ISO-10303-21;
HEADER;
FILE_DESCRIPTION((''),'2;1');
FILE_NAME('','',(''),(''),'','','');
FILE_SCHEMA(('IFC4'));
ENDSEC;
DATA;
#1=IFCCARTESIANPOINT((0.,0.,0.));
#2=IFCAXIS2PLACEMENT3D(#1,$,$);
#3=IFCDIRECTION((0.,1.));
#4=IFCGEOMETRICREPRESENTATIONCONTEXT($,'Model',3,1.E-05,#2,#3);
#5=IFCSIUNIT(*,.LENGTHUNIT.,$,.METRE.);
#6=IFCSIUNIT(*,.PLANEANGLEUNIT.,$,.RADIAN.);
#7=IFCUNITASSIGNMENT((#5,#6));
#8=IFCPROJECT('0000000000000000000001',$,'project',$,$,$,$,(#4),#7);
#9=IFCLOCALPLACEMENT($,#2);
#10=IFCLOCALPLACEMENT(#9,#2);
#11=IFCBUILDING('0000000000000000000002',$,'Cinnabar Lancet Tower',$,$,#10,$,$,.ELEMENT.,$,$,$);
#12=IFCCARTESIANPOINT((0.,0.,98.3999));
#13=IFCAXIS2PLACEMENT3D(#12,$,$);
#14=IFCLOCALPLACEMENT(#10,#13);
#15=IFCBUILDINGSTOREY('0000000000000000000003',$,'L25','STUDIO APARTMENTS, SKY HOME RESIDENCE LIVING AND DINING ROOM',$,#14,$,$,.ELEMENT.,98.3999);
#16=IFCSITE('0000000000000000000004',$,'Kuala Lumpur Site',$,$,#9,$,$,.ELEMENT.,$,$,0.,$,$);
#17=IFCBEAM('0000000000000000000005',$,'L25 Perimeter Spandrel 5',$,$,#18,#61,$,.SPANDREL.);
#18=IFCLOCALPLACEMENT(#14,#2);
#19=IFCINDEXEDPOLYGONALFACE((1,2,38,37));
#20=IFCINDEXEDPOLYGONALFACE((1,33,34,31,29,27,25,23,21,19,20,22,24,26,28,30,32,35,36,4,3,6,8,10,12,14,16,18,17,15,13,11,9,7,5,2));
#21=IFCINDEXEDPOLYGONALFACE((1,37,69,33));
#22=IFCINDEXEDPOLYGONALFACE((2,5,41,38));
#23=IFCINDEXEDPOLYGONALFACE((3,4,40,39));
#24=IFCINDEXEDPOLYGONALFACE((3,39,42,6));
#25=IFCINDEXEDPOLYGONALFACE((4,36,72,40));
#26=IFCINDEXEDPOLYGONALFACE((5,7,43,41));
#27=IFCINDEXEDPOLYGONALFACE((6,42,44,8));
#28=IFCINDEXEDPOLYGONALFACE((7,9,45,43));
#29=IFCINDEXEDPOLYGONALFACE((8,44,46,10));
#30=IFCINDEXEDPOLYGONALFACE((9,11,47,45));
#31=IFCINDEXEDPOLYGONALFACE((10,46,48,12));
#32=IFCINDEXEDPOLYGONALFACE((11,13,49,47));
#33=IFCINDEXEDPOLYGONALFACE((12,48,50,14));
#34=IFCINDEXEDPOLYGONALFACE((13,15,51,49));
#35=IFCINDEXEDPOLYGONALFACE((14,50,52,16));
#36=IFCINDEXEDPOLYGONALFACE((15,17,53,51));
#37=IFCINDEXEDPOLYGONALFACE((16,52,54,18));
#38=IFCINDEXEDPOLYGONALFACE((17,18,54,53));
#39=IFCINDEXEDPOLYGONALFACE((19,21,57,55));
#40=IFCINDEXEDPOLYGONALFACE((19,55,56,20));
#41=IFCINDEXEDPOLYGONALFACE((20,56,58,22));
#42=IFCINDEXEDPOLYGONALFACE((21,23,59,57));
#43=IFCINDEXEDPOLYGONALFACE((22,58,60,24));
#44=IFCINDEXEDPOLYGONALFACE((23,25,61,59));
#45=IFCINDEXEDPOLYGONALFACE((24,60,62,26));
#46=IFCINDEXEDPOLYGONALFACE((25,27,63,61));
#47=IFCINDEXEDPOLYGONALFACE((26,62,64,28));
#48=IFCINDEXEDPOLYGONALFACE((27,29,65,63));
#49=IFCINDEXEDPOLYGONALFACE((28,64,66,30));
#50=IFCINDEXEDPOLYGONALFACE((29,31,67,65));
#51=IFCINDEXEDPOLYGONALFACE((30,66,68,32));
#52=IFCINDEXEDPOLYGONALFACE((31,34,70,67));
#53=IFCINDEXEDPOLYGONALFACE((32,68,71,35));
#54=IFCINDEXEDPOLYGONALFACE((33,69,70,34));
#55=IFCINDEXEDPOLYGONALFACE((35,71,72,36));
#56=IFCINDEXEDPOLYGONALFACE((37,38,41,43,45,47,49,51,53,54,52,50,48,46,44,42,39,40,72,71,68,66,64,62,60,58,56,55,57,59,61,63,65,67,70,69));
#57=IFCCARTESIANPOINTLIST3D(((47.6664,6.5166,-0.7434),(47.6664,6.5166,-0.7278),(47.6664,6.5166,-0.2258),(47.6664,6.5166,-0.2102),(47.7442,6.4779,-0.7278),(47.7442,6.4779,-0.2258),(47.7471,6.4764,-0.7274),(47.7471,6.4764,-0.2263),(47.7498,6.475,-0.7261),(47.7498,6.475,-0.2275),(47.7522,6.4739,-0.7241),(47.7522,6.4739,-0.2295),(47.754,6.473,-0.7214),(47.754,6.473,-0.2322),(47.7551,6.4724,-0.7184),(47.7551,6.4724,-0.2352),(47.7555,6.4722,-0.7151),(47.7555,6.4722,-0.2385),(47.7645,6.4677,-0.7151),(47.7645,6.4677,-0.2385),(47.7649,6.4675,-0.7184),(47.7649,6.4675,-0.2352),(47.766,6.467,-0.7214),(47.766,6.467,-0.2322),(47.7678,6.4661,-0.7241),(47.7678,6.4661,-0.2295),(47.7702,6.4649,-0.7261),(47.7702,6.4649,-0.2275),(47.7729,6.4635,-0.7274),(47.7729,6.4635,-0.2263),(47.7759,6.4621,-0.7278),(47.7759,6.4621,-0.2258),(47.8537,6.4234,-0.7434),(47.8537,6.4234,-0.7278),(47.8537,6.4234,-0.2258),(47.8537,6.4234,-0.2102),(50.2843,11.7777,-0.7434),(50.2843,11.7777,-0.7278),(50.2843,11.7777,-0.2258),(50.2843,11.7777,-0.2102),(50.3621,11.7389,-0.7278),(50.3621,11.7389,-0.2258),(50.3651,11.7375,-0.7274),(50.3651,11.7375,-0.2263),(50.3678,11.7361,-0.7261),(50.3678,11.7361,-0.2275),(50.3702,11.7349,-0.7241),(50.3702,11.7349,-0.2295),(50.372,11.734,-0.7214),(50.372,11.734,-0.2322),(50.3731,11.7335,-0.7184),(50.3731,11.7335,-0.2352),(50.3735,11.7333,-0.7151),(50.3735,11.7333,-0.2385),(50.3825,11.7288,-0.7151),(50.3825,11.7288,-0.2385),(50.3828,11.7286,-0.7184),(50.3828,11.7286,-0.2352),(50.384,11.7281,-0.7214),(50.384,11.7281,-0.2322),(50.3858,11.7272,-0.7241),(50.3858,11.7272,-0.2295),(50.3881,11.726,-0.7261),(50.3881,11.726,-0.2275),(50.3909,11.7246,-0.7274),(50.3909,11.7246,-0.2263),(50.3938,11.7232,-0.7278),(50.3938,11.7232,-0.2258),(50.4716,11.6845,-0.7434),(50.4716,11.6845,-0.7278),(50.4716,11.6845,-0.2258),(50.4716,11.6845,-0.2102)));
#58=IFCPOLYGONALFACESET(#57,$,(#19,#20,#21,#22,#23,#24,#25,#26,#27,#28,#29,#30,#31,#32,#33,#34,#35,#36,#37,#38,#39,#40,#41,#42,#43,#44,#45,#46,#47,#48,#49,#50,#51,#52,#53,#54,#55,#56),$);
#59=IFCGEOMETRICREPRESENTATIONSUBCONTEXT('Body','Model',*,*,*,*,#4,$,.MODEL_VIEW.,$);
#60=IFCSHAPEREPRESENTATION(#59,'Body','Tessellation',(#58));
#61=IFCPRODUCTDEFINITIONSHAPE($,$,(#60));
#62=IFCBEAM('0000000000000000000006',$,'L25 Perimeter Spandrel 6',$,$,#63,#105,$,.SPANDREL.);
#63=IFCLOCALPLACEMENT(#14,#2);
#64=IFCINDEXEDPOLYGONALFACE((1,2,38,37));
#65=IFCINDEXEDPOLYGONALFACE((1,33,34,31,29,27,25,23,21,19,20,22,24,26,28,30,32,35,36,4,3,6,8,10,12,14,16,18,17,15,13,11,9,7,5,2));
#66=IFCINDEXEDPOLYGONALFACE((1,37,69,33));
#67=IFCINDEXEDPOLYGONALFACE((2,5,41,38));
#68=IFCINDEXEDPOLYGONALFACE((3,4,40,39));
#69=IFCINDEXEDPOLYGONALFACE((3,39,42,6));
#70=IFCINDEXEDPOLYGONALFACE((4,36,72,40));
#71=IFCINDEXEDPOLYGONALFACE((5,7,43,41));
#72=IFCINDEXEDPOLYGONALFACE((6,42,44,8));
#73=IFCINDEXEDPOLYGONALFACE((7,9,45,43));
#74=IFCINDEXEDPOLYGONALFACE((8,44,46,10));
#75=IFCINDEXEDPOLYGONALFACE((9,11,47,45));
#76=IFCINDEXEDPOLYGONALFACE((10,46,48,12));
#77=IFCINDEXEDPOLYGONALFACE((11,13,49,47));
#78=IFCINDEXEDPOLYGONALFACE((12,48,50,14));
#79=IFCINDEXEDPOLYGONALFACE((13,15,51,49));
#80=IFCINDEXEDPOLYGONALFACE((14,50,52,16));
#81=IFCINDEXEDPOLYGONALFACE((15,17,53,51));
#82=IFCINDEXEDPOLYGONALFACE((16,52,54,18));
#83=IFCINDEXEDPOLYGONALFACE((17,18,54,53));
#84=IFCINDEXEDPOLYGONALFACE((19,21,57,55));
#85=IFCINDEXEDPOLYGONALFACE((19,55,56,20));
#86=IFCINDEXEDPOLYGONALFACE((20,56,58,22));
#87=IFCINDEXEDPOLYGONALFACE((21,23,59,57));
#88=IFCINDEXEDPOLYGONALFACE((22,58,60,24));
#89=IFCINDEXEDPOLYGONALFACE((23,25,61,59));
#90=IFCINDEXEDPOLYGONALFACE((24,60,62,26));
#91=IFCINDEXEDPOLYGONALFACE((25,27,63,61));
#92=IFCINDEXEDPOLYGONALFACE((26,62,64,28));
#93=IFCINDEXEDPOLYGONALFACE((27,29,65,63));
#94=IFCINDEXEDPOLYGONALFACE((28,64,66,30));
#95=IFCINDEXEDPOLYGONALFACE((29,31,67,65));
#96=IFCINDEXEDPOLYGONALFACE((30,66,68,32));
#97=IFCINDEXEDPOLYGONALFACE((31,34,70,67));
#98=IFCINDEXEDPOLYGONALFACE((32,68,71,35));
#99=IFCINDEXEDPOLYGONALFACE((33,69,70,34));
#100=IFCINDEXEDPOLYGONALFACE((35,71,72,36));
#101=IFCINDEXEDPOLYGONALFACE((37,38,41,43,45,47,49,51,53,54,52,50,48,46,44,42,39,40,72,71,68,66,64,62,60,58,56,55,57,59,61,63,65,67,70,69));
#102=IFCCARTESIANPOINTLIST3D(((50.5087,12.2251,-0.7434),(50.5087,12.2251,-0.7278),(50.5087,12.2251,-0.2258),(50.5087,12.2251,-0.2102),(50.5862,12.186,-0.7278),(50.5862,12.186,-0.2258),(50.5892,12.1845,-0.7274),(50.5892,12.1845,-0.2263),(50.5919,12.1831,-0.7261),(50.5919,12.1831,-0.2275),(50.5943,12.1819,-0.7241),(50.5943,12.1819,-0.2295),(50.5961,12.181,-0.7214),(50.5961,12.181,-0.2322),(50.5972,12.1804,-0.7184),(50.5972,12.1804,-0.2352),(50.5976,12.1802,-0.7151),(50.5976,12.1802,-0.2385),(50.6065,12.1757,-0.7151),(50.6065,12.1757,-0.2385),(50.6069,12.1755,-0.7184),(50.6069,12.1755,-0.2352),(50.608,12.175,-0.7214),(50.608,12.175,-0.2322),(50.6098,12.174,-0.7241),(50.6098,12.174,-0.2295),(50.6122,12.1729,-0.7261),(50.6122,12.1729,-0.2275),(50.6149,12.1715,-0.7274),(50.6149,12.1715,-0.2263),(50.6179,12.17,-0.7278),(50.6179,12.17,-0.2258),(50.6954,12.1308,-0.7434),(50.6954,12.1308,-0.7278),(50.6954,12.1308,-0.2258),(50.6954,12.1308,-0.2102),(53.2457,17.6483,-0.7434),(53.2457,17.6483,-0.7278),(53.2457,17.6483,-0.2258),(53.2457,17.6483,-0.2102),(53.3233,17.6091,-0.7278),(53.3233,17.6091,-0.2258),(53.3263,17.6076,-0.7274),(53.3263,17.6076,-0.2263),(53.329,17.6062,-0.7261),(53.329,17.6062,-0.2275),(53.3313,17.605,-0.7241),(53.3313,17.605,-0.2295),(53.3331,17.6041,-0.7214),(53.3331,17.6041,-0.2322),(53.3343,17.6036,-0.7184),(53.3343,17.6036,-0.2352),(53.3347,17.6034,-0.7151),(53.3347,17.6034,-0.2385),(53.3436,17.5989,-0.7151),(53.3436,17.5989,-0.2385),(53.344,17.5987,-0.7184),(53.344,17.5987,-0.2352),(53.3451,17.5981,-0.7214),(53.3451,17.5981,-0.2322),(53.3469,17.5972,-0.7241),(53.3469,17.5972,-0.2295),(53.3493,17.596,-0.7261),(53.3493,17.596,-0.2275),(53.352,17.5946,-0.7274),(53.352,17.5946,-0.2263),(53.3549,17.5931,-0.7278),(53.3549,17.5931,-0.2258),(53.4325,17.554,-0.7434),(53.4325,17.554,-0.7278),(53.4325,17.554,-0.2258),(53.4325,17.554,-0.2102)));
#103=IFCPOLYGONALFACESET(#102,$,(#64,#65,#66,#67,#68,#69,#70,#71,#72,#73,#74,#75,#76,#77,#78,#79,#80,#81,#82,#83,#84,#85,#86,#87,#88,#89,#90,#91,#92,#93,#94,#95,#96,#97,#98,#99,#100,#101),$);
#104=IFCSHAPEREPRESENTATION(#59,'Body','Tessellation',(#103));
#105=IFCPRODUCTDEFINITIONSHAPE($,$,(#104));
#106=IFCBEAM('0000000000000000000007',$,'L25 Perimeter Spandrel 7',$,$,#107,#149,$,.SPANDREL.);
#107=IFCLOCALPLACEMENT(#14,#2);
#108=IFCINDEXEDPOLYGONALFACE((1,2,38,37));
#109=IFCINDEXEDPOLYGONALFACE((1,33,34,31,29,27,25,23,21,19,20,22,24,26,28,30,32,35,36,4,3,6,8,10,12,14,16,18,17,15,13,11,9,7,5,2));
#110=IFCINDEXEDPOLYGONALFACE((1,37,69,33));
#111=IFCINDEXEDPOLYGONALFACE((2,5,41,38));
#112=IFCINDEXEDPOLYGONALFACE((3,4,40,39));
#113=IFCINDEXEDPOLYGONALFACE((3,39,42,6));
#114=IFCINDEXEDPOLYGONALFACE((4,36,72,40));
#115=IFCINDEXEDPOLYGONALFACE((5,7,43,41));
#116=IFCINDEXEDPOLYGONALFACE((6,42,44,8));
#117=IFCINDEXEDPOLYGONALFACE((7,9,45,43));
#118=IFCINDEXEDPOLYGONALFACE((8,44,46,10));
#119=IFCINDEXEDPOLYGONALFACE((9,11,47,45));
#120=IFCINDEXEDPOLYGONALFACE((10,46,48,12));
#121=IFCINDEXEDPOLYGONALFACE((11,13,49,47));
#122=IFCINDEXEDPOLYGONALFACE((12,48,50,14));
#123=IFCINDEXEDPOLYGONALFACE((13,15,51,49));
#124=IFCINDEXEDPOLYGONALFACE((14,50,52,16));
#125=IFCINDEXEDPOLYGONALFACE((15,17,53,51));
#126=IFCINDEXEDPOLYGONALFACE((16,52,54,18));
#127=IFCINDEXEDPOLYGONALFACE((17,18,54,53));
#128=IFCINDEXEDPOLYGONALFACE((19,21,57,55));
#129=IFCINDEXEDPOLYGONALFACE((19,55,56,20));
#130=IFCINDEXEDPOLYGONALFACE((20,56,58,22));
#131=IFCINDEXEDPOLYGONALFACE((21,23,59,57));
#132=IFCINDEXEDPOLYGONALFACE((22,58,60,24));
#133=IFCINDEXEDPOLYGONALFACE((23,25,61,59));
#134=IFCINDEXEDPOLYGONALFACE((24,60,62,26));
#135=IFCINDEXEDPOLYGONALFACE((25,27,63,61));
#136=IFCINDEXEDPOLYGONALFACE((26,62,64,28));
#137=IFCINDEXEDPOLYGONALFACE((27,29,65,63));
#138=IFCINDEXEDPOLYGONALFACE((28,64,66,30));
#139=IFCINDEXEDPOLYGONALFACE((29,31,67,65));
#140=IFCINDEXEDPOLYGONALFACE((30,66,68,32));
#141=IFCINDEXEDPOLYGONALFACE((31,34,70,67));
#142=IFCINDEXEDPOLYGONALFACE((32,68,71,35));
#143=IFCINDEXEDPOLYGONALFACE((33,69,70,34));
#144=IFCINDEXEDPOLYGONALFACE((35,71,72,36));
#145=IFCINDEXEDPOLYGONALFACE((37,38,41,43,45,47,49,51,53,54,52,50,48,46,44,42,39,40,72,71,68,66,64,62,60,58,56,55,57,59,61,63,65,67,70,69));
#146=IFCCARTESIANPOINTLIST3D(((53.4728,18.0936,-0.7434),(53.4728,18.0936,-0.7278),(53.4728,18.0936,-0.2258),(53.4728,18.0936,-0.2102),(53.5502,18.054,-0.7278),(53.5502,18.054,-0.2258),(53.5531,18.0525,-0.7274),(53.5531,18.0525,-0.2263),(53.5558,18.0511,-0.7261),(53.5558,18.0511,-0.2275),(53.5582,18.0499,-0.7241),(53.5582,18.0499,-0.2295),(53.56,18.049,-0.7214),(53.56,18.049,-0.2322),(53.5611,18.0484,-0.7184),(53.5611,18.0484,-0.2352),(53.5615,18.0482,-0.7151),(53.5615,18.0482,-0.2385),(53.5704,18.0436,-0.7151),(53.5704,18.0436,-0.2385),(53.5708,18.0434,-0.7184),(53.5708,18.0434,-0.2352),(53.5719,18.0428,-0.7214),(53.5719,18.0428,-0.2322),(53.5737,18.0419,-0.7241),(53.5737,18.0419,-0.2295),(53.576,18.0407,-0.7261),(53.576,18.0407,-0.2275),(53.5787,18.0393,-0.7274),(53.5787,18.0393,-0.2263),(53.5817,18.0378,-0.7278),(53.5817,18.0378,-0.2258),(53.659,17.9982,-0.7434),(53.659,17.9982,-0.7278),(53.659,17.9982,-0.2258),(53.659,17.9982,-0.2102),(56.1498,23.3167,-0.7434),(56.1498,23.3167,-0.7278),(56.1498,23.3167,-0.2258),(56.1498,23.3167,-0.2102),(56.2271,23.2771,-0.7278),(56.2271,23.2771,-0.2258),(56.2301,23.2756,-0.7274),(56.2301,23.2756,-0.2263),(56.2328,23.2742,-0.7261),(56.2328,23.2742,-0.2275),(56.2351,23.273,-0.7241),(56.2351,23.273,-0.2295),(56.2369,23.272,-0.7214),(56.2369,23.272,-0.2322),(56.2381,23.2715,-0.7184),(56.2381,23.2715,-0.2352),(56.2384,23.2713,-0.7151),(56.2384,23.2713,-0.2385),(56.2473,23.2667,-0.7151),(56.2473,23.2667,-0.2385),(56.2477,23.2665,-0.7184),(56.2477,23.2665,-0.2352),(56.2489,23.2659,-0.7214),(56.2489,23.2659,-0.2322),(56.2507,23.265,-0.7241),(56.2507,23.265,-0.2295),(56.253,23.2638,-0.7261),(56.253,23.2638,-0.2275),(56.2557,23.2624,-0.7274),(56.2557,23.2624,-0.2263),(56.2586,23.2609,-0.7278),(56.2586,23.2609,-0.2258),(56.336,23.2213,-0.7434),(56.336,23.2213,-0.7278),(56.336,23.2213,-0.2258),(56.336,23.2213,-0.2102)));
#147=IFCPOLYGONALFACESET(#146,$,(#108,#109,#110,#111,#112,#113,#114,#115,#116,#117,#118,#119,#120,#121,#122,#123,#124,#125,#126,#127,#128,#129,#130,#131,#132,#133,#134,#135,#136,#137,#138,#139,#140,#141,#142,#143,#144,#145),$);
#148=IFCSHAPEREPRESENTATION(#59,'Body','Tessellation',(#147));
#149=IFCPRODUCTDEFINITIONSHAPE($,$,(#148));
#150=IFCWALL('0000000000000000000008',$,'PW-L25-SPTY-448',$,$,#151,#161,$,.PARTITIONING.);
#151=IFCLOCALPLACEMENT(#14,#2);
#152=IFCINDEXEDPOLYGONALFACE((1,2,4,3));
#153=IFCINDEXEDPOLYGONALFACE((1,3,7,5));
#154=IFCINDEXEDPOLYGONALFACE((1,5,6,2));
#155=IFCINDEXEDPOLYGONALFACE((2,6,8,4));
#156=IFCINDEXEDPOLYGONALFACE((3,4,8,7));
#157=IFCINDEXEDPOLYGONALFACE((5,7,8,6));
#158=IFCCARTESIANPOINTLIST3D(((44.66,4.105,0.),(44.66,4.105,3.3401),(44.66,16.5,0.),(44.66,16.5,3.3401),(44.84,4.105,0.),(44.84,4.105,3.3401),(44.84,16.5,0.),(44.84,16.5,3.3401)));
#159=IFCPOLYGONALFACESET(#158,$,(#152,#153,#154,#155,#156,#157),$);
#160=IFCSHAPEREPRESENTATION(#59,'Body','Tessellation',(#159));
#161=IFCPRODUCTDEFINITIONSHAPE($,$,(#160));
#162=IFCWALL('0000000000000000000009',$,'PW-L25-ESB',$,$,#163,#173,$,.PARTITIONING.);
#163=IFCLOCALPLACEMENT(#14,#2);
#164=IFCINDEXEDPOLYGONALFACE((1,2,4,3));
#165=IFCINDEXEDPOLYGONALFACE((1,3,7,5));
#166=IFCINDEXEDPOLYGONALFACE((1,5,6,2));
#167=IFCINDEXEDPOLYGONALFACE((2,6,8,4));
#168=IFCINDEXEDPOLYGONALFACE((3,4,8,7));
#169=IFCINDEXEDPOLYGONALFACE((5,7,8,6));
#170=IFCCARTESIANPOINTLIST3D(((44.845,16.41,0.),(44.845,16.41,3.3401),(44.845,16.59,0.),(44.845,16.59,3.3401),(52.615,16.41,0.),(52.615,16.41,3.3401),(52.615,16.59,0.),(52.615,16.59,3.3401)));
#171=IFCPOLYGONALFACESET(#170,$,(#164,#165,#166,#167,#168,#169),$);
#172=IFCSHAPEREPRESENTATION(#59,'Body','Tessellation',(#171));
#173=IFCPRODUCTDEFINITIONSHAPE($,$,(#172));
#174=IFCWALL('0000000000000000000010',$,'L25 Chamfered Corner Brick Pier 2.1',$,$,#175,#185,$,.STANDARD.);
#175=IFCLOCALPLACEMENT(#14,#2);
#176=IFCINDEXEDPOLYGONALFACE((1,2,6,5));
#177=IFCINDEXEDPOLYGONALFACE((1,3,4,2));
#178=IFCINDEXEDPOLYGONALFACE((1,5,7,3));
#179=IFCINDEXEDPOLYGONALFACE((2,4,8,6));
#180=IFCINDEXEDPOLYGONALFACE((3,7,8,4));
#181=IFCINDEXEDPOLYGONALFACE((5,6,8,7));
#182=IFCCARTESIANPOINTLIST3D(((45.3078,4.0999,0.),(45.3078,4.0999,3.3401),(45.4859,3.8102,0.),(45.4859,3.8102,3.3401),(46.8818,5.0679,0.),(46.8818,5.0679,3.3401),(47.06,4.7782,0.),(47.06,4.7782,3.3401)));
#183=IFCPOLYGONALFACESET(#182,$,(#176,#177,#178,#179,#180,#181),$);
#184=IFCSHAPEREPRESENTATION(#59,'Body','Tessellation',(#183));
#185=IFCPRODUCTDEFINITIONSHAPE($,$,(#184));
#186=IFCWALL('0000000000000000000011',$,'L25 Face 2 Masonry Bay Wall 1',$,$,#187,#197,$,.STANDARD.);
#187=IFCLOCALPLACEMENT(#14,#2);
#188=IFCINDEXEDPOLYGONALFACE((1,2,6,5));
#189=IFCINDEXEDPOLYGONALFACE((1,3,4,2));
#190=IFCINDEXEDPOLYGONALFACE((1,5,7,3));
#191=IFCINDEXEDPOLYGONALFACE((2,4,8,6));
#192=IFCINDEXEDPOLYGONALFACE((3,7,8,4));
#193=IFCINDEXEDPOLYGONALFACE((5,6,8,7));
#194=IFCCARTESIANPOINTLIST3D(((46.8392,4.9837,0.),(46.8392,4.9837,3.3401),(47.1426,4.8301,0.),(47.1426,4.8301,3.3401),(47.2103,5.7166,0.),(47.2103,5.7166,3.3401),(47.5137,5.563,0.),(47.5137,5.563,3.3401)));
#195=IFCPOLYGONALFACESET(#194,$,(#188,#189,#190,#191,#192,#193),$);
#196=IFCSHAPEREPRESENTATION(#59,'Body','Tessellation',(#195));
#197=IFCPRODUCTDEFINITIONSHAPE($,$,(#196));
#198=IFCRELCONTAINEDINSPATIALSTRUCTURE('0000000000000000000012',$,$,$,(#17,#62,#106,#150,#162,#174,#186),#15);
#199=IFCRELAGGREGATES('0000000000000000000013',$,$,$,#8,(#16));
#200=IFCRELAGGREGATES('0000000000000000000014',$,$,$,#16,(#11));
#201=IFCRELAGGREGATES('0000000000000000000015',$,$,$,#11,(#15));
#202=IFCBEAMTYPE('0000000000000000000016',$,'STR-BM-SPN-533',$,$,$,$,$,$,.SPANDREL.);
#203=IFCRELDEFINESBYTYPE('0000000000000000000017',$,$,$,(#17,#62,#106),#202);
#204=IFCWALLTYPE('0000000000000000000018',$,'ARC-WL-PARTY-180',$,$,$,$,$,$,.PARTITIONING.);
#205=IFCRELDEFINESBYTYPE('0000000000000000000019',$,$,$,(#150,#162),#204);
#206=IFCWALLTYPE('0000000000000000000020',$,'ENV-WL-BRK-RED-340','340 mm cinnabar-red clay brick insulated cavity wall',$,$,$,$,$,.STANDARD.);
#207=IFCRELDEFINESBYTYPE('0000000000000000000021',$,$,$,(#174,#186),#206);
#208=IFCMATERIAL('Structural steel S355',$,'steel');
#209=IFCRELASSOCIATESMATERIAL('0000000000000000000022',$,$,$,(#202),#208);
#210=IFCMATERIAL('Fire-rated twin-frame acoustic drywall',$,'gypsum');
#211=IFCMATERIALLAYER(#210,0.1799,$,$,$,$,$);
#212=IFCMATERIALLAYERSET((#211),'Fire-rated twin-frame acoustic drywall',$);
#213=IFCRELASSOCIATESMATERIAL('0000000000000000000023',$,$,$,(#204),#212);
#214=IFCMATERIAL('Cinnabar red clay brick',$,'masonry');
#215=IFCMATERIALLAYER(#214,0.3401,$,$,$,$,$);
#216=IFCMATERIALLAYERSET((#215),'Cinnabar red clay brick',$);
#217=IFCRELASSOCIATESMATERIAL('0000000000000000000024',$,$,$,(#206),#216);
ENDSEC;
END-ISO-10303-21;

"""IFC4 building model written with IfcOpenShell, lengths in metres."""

from ifc_helpers import new_model, si_unit, direction, frame, frame_2d, origin, origin_2d, place, context, subcontext, project, spatial, rectangle, i_section, extrude, material, layer, layer_set, material_profile, profile_set, type_object, element, save


model = new_model("IFC4")

# Units and contexts
model_context = context("Model", 3, precision=1e-05, world=origin(), true_north=direction((0.0, 1.0)))
body_context = subcontext(model_context, "Body", "Model", "MODEL_VIEW")
ifc_project = project(units=[si_unit("LENGTHUNIT", "METRE"), si_unit("PLANEANGLEUNIT", "RADIAN")], contexts=[model_context])

# Site, building, storey
site_placement = place(None, origin())
site = spatial("IfcSite", under=ifc_project, at=site_placement, Name="Kuala Lumpur Site", CompositionType="ELEMENT", RefElevation=0.0)
building_placement = place(site_placement, origin())
building = spatial("IfcBuilding", under=site, at=building_placement, Name="Cinnabar Lancet Tower", CompositionType="ELEMENT")
storey_placement = place(building_placement, frame((0.0, 0.0, 98.3999)))
storey = spatial("IfcBuildingStorey", under=building, at=storey_placement, Name="L25", Description="STUDIO APARTMENTS, SKY HOME RESIDENCE LIVING AND DINING ROOM", CompositionType="ELEMENT", Elevation=98.3999)

# Beams
ifc_material_1 = material(Name="Structural steel S355", Category="steel")
ifc_material_profile_1 = material_profile(ifc_material_1, i_section(OverallWidth=0.2092, OverallDepth=0.5332, WebThickness=0.01, FlangeThickness=0.0156, FilletRadius=0.0127, at=origin_2d()), Name="UKB 533x210x92")
ifc_profile_set_1 = profile_set([ifc_material_profile_1], Name="Structural steel S355")
beam_type_1 = type_object("IfcBeamType", Name="STR-BM-SPN-533", PredefinedType="SPANDREL", material=ifc_profile_set_1)
beam_1_placement = place(storey_placement, frame((47.76, 6.47, -0.4768), z_axis=(0.445501, 0.895281, 0.0), x_axis=(-0.895281, 0.445501, 0.0)))
element("IfcBeam", 1, at=beam_1_placement, inside=storey, type_object=beam_type_1, Name="L25 Perimeter Spandrel 5", PredefinedType="SPANDREL", context=body_context, shape_type="SweptSolid", body=[
    extrude(i_section(OverallWidth=0.2092, OverallDepth=0.5332, WebThickness=0.01, FlangeThickness=0.0156, FilletRadius=0.0127, at=origin_2d()), origin(), (0.0, 0.0, 1.0), 5.8765),
])
beam_2_placement = place(storey_placement, frame((50.6021, 12.178, -0.4768), z_axis=(0.45057, 0.892741, 0.0), x_axis=(-0.892741, 0.45057, 0.0)))
element("IfcBeam", 2, at=beam_2_placement, inside=storey, type_object=beam_type_1, Name="L25 Perimeter Spandrel 6", PredefinedType="SPANDREL", context=body_context, shape_type="SweptSolid", body=[
    extrude(i_section(OverallWidth=0.2092, OverallDepth=0.5332, WebThickness=0.01, FlangeThickness=0.0156, FilletRadius=0.0127, at=origin_2d()), origin(), (0.0, 0.0, 1.0), 6.0747),
])
beam_3_placement = place(storey_placement, frame((53.5659, 18.0459, -0.4768), z_axis=(0.45611, 0.889924, 0.0), x_axis=(-0.889924, 0.45611, 0.0)))
element("IfcBeam", 3, at=beam_3_placement, inside=storey, type_object=beam_type_1, Name="L25 Perimeter Spandrel 7", PredefinedType="SPANDREL", context=body_context, shape_type="SweptSolid", body=[
    extrude(i_section(OverallWidth=0.2092, OverallDepth=0.5332, WebThickness=0.01, FlangeThickness=0.0156, FilletRadius=0.0127, at=origin_2d()), origin(), (0.0, 0.0, 1.0), 5.8691),
])

# Walls
ifc_material_2 = material(Name="Fire-rated twin-frame acoustic drywall", Category="gypsum")
ifc_layer_1 = layer(ifc_material_2, 0.1799)
ifc_layer_set_1 = layer_set([ifc_layer_1], Name="Fire-rated twin-frame acoustic drywall")
wall_type_1 = type_object("IfcWallType", Name="ARC-WL-PARTY-180", PredefinedType="PARTITIONING", material=ifc_layer_set_1)
wall_1_placement = place(storey_placement, frame((44.75, 4.105, 0.0), z_axis=(0.0, 0.0, 1.0), x_axis=(0.0, 1.0, 0.0)))
element("IfcWall", 4, at=wall_1_placement, inside=storey, type_object=wall_type_1, Name="PW-L25-SPTY-448", PredefinedType="PARTITIONING", context=body_context, shape_type="SweptSolid", body=[
    extrude(rectangle(XDim=12.395, YDim=0.1799, at=frame_2d((6.1975, 0.0))), origin(), (0.0, 0.0, 1.0), 3.3401),
])
wall_2_placement = place(storey_placement, frame((44.845, 16.5, 0.0), z_axis=(0.0, 0.0, 1.0), x_axis=(1.0, 0.0, 0.0)))
element("IfcWall", 5, at=wall_2_placement, inside=storey, type_object=wall_type_1, Name="PW-L25-ESB", PredefinedType="PARTITIONING", context=body_context, shape_type="SweptSolid", body=[
    extrude(rectangle(XDim=7.77, YDim=0.1799, at=frame_2d((3.885, 0.0))), origin(), (0.0, 0.0, 1.0), 3.3401),
])
ifc_material_3 = material(Name="Cinnabar red clay brick", Category="masonry")
ifc_layer_2 = layer(ifc_material_3, 0.3401)
ifc_layer_set_2 = layer_set([ifc_layer_2], Name="Cinnabar red clay brick")
wall_type_2 = type_object("IfcWallType", Name="ENV-WL-BRK-RED-340", Description="340 mm cinnabar-red clay brick insulated cavity wall", PredefinedType="STANDARD", material=ifc_layer_set_2)
wall_3_placement = place(storey_placement, frame((45.397, 3.9551, 0.0), z_axis=(0.0, 0.0, 1.0), x_axis=(0.851799, 0.523869, 0.0)))
element("IfcWall", 6, at=wall_3_placement, inside=storey, type_object=wall_type_2, Name="L25 Chamfered Corner Brick Pier 2.1", PredefinedType="STANDARD", context=body_context, shape_type="SweptSolid", body=[
    extrude(rectangle(XDim=1.8479, YDim=0.3401, at=frame_2d((0.9238, 0.0))), origin(), (0.0, 0.0, 1.0), 3.3401),
])
wall_4_placement = place(storey_placement, frame((46.991, 4.907, 0.0), z_axis=(0.0, 0.0, 1.0), x_axis=(0.451725, 0.892157, 0.0)))
element("IfcWall", 7, at=wall_4_placement, inside=storey, type_object=wall_type_2, Name="L25 Face 2 Masonry Bay Wall 1", PredefinedType="STANDARD", context=body_context, shape_type="SweptSolid", body=[
    extrude(rectangle(XDim=0.8215, YDim=0.3401, at=frame_2d((0.4106, 0.0))), origin(), (0.0, 0.0, 1.0), 3.3401),
])

save(model, "model.ifc")
